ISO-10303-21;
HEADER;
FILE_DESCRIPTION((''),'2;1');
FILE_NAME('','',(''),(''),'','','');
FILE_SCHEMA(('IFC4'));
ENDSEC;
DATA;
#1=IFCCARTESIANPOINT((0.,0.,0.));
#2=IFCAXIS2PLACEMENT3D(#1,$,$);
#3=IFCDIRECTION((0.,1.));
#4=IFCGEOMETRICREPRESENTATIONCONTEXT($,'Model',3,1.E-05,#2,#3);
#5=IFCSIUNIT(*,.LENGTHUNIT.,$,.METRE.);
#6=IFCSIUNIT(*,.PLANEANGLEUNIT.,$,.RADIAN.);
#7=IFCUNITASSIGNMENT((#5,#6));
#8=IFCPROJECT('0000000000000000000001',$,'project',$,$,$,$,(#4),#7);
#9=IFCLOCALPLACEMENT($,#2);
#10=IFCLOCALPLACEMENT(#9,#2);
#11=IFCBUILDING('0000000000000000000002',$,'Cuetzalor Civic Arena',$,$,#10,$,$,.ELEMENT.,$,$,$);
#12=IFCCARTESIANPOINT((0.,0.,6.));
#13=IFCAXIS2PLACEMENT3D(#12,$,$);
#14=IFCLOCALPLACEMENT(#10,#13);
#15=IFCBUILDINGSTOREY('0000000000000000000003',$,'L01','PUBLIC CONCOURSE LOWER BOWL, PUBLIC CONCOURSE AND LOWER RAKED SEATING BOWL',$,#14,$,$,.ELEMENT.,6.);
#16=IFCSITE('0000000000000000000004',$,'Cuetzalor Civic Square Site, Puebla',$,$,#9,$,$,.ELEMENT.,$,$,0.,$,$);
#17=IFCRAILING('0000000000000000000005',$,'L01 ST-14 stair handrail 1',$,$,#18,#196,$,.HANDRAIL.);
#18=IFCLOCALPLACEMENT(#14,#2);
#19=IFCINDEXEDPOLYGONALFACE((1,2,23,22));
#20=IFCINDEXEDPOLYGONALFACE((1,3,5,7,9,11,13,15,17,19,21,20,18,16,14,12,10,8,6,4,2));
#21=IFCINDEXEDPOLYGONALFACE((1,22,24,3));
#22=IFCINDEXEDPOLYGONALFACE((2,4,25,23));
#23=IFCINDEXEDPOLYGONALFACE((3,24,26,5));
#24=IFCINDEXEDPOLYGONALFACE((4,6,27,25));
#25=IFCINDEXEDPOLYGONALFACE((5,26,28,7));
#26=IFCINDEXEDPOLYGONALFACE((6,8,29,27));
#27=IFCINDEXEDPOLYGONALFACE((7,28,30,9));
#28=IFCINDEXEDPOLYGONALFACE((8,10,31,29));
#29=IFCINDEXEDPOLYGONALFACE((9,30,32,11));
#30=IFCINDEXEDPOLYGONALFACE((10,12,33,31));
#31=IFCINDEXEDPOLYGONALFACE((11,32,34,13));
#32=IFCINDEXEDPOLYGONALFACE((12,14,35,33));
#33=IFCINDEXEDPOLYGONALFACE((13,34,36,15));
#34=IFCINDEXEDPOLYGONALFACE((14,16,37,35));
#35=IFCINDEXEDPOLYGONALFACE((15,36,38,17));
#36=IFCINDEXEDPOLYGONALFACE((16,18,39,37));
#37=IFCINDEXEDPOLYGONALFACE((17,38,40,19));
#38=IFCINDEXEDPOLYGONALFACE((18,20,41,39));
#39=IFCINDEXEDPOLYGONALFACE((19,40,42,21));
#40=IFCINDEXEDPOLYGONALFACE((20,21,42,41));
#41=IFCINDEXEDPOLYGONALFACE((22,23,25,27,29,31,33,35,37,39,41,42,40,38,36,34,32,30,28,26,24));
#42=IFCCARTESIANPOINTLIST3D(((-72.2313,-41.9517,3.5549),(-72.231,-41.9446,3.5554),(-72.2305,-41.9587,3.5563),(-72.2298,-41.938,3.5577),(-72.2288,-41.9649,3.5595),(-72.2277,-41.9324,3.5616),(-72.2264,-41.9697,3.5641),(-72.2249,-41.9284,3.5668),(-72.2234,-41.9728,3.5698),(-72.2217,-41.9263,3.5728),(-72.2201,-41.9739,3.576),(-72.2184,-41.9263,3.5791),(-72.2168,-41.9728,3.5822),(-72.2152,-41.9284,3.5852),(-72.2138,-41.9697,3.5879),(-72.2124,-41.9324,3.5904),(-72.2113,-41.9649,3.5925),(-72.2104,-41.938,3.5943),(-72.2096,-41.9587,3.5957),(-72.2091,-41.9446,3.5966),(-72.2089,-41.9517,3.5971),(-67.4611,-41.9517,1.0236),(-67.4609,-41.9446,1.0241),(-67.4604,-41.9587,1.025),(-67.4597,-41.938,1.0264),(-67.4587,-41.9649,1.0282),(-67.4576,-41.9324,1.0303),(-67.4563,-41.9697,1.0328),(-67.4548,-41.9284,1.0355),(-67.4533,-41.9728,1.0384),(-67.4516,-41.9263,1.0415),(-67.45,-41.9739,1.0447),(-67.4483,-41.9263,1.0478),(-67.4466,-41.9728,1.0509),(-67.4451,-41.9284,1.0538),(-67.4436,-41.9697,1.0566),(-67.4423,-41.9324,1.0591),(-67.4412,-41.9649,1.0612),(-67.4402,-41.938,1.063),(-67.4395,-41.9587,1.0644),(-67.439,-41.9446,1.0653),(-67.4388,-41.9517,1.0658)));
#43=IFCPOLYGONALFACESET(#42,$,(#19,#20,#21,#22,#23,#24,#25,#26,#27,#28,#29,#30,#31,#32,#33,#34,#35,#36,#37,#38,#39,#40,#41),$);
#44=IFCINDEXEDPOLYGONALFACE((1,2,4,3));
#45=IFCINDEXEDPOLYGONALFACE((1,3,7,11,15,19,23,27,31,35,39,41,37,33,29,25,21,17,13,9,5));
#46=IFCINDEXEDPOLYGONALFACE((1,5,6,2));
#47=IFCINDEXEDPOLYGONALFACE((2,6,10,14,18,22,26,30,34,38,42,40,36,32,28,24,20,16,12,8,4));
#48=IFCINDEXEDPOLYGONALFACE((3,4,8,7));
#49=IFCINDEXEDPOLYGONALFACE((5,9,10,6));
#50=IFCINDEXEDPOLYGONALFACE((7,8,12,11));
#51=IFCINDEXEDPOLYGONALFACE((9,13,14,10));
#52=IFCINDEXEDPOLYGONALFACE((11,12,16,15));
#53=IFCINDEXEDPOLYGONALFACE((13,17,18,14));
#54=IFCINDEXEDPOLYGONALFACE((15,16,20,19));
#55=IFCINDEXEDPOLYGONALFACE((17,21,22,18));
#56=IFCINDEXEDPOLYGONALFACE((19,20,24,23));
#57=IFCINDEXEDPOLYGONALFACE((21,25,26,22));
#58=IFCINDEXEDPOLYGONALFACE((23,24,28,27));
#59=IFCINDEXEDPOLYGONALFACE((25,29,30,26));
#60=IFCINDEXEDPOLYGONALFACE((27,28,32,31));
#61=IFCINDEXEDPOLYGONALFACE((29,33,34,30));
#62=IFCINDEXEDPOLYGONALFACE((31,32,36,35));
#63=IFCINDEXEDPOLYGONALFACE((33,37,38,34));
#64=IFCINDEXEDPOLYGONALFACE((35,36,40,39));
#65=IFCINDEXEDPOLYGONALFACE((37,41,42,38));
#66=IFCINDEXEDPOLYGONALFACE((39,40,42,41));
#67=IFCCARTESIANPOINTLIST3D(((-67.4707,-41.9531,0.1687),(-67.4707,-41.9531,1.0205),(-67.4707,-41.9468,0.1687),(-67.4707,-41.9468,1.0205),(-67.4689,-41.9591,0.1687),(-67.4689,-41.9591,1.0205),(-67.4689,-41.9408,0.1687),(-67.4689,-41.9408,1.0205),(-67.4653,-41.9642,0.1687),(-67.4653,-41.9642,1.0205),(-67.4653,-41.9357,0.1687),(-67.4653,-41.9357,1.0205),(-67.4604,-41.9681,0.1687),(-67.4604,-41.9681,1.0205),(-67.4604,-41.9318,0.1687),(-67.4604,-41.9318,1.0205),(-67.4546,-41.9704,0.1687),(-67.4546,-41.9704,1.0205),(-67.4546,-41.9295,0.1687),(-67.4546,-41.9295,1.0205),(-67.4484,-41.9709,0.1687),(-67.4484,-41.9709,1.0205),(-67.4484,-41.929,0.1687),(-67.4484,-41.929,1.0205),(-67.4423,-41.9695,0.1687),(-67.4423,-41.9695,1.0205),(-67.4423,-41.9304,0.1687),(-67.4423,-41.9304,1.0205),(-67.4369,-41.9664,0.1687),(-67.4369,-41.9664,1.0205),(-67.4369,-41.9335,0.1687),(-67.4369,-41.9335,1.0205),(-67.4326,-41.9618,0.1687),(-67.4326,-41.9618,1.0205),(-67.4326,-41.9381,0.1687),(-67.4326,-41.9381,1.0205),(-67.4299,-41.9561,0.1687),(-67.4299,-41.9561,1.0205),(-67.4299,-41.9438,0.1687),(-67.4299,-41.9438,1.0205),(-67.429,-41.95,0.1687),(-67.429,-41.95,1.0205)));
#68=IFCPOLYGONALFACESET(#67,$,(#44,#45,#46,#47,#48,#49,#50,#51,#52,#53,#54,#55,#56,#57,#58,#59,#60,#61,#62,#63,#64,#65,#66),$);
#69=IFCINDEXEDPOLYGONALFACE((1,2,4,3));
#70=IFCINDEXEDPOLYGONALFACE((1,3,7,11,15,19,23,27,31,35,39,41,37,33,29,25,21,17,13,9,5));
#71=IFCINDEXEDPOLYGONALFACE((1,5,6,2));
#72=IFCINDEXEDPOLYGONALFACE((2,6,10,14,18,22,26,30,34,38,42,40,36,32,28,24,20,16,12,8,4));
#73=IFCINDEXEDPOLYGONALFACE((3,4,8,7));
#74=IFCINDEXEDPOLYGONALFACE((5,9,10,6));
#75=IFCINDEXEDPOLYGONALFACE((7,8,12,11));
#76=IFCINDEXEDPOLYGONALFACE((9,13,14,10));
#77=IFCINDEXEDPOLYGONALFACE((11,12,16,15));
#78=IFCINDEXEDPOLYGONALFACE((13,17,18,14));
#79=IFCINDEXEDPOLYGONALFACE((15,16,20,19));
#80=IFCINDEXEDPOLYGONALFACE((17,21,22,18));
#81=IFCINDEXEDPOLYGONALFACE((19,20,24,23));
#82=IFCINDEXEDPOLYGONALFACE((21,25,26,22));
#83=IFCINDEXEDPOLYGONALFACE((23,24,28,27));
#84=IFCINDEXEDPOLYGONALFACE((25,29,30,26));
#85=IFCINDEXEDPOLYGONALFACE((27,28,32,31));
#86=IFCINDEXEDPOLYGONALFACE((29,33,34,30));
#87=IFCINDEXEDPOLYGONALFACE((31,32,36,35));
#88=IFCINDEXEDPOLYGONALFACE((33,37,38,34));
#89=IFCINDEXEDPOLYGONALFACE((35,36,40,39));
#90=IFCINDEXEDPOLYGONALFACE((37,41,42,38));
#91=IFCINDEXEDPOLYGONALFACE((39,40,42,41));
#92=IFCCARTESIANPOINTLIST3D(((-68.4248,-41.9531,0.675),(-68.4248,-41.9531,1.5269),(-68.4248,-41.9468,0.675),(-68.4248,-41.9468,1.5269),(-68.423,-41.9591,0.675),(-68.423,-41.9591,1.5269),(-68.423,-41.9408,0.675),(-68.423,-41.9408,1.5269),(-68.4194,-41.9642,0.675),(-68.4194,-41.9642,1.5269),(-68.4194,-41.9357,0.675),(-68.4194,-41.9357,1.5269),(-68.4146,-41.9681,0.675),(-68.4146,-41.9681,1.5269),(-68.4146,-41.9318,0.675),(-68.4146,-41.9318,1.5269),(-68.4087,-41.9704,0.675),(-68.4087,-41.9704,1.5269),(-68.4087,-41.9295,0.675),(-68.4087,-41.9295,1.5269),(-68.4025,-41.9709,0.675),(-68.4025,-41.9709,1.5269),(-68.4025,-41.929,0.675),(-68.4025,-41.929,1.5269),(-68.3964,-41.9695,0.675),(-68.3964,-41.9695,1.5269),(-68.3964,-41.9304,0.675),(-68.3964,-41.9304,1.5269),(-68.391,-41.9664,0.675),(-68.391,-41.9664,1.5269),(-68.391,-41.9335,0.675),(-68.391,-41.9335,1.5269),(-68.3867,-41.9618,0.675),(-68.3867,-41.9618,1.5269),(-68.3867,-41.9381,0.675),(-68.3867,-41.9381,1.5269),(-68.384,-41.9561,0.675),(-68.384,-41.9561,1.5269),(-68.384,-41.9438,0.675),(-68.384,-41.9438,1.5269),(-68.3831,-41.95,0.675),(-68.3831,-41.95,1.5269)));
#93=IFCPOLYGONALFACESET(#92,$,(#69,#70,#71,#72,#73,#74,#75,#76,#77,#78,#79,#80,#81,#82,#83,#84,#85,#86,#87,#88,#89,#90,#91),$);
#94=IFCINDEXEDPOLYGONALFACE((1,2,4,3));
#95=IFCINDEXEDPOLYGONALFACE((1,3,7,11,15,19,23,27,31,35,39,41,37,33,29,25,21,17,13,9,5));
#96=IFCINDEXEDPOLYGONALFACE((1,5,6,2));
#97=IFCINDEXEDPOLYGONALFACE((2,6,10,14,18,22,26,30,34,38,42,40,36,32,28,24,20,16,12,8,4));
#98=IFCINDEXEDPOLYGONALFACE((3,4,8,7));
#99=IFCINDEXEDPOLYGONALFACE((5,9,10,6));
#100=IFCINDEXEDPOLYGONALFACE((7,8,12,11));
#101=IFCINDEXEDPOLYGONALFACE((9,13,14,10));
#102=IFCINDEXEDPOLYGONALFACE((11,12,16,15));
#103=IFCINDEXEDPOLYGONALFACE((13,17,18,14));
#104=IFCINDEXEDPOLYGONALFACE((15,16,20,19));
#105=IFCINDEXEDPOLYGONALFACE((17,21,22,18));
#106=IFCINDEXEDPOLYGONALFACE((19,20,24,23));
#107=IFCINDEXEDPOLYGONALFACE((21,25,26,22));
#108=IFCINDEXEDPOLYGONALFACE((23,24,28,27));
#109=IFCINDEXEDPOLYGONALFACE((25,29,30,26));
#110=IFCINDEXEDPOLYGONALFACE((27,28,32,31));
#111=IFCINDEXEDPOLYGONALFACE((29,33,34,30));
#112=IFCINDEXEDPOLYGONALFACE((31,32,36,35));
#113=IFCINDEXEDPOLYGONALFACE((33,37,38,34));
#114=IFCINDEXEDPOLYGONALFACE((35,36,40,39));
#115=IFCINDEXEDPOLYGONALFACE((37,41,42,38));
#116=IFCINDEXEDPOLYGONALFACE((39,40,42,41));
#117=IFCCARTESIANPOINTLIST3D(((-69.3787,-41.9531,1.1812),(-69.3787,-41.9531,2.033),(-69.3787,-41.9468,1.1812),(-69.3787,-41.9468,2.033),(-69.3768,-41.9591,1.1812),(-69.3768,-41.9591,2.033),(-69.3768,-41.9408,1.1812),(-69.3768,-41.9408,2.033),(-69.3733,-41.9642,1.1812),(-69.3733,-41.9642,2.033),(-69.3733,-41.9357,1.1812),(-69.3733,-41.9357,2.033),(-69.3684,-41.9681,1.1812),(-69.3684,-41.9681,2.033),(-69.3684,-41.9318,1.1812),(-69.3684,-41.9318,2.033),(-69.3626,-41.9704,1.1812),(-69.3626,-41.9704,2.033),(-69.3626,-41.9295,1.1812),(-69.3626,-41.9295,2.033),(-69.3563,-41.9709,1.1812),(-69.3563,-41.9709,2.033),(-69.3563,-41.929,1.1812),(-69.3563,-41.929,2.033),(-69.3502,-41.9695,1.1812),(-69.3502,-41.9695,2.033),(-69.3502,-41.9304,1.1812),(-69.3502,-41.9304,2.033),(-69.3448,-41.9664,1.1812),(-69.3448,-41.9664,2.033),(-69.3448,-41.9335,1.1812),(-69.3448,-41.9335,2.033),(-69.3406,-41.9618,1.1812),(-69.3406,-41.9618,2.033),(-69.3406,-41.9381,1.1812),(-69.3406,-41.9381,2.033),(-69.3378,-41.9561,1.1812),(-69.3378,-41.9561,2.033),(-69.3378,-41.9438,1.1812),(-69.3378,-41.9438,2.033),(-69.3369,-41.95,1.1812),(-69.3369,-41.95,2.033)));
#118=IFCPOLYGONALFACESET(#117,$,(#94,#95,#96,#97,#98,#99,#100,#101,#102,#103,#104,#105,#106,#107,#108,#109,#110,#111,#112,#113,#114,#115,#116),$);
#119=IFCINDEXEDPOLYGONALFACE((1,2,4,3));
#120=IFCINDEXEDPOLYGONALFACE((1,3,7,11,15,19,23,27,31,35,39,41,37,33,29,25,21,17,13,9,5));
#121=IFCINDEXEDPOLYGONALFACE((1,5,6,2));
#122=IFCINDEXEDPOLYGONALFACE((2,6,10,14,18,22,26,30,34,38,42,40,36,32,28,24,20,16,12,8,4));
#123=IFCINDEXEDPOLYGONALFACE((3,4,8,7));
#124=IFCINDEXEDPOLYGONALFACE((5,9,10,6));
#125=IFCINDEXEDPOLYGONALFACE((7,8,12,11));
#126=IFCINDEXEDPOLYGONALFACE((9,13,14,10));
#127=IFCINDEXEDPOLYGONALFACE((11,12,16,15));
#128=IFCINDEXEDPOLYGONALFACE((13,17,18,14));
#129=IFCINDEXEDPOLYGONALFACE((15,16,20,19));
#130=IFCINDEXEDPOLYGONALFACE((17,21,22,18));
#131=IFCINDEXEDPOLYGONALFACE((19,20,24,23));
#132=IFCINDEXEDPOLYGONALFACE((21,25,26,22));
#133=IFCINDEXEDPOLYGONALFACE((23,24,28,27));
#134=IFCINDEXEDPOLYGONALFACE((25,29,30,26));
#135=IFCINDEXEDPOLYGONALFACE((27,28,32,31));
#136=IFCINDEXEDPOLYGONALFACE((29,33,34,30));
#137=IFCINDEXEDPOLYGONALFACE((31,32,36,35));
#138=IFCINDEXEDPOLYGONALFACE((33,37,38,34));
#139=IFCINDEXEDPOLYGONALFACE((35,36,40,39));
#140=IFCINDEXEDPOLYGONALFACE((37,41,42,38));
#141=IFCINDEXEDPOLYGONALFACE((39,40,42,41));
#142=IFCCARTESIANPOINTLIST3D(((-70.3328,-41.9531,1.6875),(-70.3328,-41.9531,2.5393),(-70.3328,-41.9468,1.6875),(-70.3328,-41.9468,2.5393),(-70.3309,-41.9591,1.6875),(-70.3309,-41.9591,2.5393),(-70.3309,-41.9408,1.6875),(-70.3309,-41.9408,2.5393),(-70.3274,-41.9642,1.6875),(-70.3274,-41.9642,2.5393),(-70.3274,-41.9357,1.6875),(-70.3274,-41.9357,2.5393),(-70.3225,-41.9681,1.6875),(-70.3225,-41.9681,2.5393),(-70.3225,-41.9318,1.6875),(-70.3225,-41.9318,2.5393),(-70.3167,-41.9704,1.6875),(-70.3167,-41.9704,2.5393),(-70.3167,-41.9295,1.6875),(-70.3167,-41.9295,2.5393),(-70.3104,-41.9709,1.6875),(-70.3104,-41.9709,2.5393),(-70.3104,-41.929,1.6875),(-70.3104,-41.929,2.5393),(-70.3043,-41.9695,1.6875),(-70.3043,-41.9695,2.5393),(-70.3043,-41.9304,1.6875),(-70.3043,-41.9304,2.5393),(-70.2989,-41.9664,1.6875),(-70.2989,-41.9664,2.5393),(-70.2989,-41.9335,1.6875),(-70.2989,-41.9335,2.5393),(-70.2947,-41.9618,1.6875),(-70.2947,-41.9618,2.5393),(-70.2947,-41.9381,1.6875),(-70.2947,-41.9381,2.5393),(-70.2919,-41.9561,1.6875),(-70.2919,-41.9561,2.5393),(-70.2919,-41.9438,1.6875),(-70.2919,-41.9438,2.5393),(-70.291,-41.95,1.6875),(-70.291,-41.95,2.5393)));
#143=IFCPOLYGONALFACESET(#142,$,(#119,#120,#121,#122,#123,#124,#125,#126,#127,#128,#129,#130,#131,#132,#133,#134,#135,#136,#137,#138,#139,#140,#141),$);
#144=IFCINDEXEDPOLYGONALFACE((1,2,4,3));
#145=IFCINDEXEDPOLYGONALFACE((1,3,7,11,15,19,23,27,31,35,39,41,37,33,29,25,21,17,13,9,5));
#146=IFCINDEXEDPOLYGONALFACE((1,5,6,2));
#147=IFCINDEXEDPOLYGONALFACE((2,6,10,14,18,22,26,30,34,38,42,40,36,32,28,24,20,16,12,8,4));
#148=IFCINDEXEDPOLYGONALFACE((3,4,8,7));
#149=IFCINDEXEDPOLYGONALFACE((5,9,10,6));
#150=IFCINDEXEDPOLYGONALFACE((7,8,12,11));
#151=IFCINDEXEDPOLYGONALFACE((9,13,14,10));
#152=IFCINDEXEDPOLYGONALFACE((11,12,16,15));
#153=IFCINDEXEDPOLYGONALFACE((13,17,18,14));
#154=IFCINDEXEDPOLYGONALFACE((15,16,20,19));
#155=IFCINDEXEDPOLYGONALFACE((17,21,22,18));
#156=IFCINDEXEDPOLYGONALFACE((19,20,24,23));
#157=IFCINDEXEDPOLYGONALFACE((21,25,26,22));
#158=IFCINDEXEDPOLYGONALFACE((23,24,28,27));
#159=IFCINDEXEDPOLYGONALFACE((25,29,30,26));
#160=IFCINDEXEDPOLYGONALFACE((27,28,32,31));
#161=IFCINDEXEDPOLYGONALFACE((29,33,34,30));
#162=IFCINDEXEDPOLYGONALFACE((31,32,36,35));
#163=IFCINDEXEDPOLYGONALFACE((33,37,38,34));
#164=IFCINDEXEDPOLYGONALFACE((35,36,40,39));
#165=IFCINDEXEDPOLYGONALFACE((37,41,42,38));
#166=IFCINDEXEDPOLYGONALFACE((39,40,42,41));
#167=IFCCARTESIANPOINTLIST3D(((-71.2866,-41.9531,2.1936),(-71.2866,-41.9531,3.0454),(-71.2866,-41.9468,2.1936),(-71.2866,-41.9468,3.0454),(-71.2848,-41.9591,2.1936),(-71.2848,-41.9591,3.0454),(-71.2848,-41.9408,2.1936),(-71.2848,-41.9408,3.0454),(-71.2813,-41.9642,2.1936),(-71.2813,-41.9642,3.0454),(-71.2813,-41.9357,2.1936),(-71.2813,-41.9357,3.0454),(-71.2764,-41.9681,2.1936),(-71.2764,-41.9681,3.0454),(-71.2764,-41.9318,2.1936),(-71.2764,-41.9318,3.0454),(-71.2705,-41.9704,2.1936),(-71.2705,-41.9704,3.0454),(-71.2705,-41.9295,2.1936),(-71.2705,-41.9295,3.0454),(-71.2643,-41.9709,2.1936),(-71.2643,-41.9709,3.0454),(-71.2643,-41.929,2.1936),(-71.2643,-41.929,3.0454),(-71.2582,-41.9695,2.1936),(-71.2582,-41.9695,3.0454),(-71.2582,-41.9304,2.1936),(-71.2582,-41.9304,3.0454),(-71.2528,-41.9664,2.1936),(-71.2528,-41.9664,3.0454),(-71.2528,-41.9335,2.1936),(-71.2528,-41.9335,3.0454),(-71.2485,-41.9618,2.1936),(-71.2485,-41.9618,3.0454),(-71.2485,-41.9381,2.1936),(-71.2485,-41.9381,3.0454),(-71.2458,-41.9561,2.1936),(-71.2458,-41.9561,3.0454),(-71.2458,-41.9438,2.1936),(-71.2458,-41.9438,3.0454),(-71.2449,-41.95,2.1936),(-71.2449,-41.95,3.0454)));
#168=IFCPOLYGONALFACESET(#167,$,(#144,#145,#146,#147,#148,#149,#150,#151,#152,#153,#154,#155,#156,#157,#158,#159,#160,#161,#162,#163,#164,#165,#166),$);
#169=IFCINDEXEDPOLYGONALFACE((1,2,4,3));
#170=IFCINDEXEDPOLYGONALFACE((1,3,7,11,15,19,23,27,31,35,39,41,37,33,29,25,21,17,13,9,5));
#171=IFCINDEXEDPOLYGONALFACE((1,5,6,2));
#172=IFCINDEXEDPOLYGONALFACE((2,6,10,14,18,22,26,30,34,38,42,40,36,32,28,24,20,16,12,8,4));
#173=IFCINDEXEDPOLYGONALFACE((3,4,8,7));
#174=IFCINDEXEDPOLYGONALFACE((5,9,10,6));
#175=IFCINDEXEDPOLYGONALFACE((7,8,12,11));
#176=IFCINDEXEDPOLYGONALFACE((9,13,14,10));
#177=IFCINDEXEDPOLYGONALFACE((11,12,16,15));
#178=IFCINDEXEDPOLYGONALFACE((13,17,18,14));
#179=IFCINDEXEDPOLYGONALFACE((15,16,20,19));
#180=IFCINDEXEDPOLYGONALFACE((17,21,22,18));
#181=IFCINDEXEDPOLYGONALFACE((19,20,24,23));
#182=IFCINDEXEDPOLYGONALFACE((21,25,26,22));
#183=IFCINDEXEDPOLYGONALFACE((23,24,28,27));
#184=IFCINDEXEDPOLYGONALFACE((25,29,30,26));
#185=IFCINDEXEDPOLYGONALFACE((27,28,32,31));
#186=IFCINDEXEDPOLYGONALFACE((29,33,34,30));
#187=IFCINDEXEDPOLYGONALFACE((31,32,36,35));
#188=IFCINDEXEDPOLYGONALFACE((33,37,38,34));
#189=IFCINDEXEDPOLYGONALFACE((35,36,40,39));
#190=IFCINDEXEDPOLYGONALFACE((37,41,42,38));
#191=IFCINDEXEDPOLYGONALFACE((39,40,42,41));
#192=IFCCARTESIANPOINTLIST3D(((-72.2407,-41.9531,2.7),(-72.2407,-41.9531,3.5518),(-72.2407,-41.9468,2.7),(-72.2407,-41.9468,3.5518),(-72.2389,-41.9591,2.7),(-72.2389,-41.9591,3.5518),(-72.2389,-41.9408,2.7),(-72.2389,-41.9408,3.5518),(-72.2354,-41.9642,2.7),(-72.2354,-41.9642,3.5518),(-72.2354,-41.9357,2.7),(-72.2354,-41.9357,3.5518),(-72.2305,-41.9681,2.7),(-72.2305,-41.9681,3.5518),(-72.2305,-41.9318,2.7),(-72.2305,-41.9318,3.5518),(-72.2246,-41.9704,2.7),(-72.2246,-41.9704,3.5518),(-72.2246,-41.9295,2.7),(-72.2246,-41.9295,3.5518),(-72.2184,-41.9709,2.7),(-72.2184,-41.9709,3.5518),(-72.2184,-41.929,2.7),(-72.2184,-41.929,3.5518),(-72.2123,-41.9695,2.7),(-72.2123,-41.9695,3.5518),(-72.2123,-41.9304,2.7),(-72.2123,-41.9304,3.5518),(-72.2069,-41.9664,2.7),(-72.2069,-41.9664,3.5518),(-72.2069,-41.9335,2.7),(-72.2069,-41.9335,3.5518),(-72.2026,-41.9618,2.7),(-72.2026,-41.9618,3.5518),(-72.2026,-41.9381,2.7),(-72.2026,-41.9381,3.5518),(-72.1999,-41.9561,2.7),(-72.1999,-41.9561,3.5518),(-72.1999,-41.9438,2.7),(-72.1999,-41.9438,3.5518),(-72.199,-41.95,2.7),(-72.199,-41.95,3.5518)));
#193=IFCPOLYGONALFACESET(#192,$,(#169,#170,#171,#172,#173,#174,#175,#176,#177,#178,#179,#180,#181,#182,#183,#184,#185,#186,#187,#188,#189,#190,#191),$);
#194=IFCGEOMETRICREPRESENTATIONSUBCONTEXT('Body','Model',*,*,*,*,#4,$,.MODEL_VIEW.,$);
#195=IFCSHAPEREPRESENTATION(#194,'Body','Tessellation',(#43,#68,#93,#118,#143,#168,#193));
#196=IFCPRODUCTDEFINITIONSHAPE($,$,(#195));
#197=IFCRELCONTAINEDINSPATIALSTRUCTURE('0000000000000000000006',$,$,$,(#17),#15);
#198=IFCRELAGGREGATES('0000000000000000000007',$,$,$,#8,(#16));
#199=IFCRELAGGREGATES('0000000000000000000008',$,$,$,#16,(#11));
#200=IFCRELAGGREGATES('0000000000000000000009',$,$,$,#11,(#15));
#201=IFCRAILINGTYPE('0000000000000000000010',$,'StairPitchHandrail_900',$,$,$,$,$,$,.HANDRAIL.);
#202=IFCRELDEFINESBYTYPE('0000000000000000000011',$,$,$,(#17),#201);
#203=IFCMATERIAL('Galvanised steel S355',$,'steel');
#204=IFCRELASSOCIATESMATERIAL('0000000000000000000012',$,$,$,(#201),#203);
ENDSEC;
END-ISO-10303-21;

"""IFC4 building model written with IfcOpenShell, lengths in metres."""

from ifc_helpers import new_model, si_unit, direction, frame, origin, origin_2d, place, context, subcontext, project, spatial, circle, extrude, material, type_object, element, save


model = new_model("IFC4")

# Units and contexts
model_context = context("Model", 3, precision=1e-05, world=origin(), true_north=direction((0.0, 1.0)))
body_context = subcontext(model_context, "Body", "Model", "MODEL_VIEW")
ifc_project = project(units=[si_unit("LENGTHUNIT", "METRE"), si_unit("PLANEANGLEUNIT", "RADIAN")], contexts=[model_context])

# Site, building, storey
site_placement = place(None, origin())
site = spatial("IfcSite", under=ifc_project, at=site_placement, Name="Cuetzalor Civic Square Site, Puebla", CompositionType="ELEMENT", RefElevation=0.0)
building_placement = place(site_placement, origin())
building = spatial("IfcBuilding", under=site, at=building_placement, Name="Cuetzalor Civic Arena", CompositionType="ELEMENT")
storey_placement = place(building_placement, frame((0.0, 0.0, 6.0)))
storey = spatial("IfcBuildingStorey", under=building, at=storey_placement, Name="L01", Description="PUBLIC CONCOURSE LOWER BOWL, PUBLIC CONCOURSE AND LOWER RAKED SEATING BOWL", CompositionType="ELEMENT", Elevation=6.0)

# Railing
ifc_material_1 = material(Name="Galvanised steel S355", Category="steel")
railing_type_1 = type_object("IfcRailingType", Name="StairPitchHandrail_900", PredefinedType="HANDRAIL", material=ifc_material_1)
railing_1_placement = place(storey_placement, frame((-67.45, -41.95, 0.1687)))
element("IfcRailing", 1, at=railing_1_placement, inside=storey, type_object=railing_type_1, Name="L01 ST-14 stair handrail 1", PredefinedType="HANDRAIL", context=body_context, shape_type="SweptSolid", body=[
    extrude(circle(Radius=0.0239, at=origin_2d()), frame((0.0, 0.0, 0.876), z_axis=(-0.883332, 0.0, 0.468747), x_axis=(0.0, -1.0, 0.0)), (0.0, 0.0, 1.0), 5.4001),
    extrude(circle(Radius=0.021, at=origin_2d()), origin(), (0.0, 0.0, 1.0), 0.8518),
    extrude(circle(Radius=0.021, at=origin_2d()), frame((-0.9541, 0.0, 0.5063)), (0.0, 0.0, 1.0), 0.8518),
    extrude(circle(Radius=0.021, at=origin_2d()), frame((-1.908, 0.0, 1.0125)), (0.0, 0.0, 1.0), 0.8518),
    extrude(circle(Radius=0.021, at=origin_2d()), frame((-2.8621, 0.0, 1.5188)), (0.0, 0.0, 1.0), 0.8518),
    extrude(circle(Radius=0.021, at=origin_2d()), frame((-3.8159, 0.0, 2.0249)), (0.0, 0.0, 1.0), 0.8518),
    extrude(circle(Radius=0.021, at=origin_2d()), frame((-4.77, 0.0, 2.5312)), (0.0, 0.0, 1.0), 0.8518),
])

save(model, "model.ifc")
